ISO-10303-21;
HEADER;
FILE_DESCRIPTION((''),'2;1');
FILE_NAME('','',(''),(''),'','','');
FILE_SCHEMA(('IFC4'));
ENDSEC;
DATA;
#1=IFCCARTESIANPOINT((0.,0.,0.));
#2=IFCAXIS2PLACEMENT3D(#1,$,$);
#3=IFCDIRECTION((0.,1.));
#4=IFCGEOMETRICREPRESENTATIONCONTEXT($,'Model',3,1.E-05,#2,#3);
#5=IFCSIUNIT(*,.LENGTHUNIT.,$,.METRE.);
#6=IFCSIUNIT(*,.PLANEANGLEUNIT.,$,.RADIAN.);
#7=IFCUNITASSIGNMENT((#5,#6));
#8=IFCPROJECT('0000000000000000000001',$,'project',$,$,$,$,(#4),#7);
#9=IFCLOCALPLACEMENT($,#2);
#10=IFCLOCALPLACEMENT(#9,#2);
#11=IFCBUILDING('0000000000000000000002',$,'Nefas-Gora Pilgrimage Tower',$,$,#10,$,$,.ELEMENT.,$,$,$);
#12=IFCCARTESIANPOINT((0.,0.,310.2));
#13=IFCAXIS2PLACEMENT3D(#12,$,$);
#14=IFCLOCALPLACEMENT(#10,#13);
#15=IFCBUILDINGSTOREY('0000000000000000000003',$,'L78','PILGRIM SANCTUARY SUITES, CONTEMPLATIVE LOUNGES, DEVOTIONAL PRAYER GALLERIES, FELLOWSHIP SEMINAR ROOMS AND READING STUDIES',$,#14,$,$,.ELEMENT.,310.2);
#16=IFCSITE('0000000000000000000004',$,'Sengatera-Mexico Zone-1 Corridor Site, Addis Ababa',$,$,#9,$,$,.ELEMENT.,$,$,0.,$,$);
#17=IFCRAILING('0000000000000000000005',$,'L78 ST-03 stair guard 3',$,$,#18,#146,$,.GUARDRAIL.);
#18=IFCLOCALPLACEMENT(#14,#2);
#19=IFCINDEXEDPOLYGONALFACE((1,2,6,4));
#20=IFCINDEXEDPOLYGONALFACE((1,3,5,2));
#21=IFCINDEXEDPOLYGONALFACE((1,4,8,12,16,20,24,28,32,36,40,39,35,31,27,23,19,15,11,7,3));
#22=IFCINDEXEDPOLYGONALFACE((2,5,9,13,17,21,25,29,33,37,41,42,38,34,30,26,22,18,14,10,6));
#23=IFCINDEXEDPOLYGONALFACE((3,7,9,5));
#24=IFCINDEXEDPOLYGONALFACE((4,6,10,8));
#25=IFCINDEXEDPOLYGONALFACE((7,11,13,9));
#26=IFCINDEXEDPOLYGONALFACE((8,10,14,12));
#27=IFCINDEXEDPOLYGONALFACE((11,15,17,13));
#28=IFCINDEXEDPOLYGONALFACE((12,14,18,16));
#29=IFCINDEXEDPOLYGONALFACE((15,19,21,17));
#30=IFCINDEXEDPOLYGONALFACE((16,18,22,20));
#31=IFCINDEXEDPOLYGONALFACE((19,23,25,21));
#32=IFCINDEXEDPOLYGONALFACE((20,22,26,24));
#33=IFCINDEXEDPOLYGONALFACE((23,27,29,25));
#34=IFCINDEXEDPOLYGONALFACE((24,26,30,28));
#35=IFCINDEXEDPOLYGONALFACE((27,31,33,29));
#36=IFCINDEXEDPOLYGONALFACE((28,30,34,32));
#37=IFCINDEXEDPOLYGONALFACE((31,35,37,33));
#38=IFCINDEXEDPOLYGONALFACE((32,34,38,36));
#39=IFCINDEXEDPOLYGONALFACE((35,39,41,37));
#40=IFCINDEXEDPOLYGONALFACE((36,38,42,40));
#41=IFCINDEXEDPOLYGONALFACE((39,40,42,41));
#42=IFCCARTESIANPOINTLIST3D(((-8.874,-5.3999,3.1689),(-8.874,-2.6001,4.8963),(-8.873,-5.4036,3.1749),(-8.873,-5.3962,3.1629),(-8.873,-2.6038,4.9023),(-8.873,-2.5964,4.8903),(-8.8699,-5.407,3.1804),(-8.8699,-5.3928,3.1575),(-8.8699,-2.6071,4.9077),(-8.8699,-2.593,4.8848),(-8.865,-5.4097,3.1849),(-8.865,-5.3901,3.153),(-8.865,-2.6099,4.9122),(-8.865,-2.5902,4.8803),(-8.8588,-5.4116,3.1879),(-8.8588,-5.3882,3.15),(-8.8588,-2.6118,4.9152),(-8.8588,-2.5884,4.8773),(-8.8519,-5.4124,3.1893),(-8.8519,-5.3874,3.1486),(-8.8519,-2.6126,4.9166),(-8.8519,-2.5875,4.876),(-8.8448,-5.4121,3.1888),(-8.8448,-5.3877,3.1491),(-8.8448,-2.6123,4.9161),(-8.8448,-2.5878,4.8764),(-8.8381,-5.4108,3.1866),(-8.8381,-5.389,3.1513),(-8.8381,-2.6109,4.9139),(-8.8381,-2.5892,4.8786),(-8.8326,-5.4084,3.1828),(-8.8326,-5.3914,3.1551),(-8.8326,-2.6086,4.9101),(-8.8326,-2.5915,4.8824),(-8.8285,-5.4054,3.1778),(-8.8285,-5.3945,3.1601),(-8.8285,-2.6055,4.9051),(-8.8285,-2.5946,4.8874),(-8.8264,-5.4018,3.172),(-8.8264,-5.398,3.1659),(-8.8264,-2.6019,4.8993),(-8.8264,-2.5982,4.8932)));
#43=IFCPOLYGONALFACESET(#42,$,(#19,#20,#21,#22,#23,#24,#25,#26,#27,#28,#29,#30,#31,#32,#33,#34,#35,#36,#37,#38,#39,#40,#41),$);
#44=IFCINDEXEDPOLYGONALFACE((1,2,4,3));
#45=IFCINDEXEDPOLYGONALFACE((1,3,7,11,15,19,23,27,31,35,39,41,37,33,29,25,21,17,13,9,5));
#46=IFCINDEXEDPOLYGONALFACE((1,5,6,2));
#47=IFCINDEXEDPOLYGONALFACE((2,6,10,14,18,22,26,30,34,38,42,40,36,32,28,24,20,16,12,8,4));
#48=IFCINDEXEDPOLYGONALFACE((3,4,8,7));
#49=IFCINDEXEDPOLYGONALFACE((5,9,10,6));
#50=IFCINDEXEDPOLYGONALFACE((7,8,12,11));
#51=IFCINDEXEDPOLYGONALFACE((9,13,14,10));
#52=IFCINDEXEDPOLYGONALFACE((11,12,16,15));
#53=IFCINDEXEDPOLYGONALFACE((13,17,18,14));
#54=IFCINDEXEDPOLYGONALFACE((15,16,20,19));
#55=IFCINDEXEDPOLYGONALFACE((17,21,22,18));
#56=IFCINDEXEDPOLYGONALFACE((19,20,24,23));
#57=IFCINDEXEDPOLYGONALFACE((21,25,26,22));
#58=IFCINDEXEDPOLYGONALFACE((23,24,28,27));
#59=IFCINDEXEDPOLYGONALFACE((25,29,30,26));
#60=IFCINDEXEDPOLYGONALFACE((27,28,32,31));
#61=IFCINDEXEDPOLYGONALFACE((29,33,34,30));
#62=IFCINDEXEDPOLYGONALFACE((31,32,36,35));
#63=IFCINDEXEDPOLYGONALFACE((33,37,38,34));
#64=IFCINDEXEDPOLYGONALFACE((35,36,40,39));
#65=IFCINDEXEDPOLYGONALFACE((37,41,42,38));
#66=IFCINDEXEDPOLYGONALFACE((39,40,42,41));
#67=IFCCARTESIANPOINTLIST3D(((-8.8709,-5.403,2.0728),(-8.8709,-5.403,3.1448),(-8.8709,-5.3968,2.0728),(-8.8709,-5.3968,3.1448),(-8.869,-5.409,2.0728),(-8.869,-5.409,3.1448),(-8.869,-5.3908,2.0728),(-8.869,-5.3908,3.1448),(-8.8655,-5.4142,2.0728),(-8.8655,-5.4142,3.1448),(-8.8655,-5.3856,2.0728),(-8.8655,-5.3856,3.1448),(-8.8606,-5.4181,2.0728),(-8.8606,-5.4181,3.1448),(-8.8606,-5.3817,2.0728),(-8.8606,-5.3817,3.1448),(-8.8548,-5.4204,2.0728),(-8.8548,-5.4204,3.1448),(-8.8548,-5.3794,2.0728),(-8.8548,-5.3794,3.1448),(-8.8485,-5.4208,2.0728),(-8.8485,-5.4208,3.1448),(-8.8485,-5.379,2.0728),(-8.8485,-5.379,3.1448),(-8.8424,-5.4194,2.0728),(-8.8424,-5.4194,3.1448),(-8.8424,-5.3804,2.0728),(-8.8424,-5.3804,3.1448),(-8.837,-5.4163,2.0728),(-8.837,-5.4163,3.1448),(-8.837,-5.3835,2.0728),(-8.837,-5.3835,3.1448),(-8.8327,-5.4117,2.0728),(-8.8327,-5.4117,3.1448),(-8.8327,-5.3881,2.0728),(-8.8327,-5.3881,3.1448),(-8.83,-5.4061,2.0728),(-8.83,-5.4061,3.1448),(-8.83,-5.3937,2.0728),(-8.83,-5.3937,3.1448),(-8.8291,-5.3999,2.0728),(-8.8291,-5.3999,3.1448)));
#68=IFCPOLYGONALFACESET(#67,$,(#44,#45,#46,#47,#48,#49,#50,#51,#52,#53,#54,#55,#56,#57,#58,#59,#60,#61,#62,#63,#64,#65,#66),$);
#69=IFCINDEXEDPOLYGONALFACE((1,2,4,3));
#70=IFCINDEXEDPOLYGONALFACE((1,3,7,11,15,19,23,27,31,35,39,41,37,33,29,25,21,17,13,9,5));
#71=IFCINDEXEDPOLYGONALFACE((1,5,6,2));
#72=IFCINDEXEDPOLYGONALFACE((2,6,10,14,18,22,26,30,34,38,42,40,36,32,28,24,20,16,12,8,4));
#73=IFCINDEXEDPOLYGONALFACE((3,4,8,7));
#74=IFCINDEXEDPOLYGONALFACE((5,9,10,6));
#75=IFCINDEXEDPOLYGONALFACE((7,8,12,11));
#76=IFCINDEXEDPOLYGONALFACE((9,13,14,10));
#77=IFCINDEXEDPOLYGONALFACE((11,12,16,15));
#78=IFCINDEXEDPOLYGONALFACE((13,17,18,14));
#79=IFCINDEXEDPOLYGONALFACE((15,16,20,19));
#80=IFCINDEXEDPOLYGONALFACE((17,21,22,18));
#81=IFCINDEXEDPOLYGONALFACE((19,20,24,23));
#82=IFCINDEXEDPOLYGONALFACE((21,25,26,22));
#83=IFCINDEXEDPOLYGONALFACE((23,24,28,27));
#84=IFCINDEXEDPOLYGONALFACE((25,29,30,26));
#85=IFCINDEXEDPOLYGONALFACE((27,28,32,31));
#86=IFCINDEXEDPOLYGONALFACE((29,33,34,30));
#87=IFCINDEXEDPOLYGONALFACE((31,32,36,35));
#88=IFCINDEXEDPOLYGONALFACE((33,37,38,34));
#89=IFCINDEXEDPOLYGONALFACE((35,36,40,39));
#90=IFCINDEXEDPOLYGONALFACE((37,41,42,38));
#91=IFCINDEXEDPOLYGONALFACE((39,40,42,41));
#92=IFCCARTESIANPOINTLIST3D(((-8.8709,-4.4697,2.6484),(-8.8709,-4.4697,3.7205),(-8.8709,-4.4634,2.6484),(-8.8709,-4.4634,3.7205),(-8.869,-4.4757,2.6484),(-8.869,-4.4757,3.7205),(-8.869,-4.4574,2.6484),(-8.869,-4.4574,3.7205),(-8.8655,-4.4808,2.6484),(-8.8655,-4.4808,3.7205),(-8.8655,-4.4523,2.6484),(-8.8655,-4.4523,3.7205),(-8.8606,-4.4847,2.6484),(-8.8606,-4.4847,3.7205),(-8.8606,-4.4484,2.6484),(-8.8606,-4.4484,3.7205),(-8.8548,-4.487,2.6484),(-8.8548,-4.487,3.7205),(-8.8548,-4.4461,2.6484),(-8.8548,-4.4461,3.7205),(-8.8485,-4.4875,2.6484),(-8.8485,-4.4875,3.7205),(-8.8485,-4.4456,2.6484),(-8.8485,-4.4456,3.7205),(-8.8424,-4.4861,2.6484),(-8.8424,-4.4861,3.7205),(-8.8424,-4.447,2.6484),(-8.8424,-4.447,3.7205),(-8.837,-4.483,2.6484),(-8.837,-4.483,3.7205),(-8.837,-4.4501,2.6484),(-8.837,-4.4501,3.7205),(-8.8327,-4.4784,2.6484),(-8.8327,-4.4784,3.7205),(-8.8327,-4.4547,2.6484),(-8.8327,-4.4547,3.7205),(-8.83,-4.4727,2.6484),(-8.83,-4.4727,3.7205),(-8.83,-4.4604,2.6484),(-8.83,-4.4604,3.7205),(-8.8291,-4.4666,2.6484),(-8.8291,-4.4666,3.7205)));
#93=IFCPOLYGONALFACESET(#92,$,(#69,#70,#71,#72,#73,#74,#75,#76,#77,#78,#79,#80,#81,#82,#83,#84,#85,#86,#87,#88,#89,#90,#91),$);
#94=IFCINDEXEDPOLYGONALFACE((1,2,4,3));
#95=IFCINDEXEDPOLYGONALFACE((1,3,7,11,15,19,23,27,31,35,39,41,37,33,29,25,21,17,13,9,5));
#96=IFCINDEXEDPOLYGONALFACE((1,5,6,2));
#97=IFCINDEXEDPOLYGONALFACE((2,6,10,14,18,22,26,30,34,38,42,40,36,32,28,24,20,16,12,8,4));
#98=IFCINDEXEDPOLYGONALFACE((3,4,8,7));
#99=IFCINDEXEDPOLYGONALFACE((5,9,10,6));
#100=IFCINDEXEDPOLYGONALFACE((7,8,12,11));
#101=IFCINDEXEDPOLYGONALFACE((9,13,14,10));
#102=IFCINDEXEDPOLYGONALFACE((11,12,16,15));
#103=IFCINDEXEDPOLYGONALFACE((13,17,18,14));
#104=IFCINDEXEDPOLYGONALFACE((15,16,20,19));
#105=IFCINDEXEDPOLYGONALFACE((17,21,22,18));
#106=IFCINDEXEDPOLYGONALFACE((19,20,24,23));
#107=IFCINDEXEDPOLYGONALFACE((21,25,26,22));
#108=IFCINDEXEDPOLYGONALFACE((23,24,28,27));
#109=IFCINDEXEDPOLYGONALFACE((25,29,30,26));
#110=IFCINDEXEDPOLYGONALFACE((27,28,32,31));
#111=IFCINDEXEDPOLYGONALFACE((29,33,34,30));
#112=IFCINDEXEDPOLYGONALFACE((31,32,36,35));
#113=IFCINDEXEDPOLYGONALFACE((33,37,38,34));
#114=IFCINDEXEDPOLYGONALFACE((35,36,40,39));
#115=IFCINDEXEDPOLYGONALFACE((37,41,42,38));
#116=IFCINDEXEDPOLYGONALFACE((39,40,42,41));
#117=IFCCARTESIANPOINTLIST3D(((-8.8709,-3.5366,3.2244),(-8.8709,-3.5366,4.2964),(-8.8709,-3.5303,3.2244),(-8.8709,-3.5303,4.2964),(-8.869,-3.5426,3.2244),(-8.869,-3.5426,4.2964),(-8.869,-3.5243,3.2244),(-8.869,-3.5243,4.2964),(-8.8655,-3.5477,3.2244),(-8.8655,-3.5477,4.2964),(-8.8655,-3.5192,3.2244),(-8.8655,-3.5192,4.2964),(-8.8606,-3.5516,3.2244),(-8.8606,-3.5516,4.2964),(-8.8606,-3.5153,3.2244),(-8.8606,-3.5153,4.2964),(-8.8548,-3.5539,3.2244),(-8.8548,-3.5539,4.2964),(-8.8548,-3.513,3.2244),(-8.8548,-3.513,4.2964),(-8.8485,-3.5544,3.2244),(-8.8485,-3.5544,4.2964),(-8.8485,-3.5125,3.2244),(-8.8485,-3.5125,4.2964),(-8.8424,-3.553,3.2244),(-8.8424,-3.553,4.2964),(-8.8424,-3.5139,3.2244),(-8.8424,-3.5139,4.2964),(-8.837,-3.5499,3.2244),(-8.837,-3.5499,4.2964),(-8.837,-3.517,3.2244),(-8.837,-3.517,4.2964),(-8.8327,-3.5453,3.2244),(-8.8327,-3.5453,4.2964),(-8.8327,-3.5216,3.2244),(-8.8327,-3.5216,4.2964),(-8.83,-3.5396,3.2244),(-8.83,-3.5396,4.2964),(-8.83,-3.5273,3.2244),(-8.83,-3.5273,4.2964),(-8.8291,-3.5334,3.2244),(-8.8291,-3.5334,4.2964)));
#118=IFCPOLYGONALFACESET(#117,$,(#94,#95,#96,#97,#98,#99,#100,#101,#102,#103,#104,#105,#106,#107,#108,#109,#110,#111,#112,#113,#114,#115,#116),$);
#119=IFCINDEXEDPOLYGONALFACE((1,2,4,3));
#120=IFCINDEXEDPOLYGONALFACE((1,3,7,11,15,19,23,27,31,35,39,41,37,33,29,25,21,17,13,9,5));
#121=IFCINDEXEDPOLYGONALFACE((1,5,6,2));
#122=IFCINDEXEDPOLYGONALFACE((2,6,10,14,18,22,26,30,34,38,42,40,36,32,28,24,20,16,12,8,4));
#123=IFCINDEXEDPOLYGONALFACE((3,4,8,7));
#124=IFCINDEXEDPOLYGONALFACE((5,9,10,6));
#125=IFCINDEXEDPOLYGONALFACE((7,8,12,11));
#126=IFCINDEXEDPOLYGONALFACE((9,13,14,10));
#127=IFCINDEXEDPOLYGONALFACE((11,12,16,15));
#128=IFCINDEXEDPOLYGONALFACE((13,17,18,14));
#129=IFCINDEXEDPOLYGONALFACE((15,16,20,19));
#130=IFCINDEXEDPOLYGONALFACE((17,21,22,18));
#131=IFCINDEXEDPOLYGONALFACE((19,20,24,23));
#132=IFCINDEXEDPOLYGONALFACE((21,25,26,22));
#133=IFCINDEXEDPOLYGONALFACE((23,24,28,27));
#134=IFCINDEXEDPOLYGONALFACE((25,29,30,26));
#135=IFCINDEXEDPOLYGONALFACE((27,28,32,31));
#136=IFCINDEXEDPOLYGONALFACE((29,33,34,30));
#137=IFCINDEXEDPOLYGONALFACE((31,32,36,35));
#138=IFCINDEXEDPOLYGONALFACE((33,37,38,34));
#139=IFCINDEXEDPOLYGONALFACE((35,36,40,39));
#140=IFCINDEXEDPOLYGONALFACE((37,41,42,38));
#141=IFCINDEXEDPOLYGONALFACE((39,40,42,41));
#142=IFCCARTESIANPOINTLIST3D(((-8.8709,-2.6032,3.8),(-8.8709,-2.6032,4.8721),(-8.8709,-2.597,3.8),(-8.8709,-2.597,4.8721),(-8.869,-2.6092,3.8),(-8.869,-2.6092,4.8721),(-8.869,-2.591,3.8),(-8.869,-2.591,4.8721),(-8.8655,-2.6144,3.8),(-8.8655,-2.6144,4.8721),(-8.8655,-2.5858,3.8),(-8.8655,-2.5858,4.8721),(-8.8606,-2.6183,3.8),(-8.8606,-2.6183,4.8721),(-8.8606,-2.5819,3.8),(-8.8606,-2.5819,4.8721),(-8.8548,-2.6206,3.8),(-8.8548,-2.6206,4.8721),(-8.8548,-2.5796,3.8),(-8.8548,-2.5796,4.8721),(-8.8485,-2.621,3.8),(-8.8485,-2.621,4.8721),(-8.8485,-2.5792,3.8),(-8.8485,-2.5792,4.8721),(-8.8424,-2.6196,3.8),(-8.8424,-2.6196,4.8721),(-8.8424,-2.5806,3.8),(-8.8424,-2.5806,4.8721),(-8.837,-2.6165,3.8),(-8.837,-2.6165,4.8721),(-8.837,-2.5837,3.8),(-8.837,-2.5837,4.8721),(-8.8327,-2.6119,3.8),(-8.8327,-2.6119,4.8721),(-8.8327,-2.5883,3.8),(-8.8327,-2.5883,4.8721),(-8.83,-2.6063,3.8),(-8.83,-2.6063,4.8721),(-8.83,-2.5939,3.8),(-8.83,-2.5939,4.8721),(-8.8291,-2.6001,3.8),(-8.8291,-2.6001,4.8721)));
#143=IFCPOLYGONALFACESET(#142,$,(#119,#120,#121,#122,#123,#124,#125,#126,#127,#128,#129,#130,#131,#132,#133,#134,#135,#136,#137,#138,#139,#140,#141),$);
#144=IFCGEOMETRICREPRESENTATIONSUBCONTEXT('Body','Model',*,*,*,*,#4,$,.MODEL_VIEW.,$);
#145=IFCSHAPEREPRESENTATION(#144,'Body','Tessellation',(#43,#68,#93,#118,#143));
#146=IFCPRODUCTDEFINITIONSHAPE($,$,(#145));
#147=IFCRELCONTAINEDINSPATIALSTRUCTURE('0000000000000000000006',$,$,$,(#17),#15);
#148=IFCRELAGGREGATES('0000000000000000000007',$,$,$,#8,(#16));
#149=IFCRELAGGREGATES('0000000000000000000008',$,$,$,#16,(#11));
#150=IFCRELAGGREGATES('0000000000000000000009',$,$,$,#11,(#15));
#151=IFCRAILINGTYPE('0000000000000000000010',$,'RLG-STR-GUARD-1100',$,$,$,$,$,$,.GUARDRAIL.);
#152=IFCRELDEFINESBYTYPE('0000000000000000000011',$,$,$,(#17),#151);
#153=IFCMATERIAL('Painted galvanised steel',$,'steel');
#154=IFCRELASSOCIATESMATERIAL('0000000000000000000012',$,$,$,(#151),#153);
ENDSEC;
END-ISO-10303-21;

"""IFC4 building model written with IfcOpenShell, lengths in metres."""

from ifc_helpers import new_model, si_unit, direction, frame, origin, origin_2d, place, context, subcontext, project, spatial, circle, extrude, material, type_object, element, save


model = new_model("IFC4")

# Units and contexts
model_context = context("Model", 3, precision=1e-05, world=origin(), true_north=direction((0.0, 1.0)))
body_context = subcontext(model_context, "Body", "Model", "MODEL_VIEW")
ifc_project = project(units=[si_unit("LENGTHUNIT", "METRE"), si_unit("PLANEANGLEUNIT", "RADIAN")], contexts=[model_context])

# Site, building, storey
site_placement = place(None, origin())
site = spatial("IfcSite", under=ifc_project, at=site_placement, Name="Sengatera-Mexico Zone-1 Corridor Site, Addis Ababa", CompositionType="ELEMENT", RefElevation=0.0)
building_placement = place(site_placement, origin())
building = spatial("IfcBuilding", under=site, at=building_placement, Name="Nefas-Gora Pilgrimage Tower", CompositionType="ELEMENT")
storey_placement = place(building_placement, frame((0.0, 0.0, 310.2)))
storey = spatial("IfcBuildingStorey", under=building, at=storey_placement, Name="L78", Description="PILGRIM SANCTUARY SUITES, CONTEMPLATIVE LOUNGES, DEVOTIONAL PRAYER GALLERIES, FELLOWSHIP SEMINAR ROOMS AND READING STUDIES", CompositionType="ELEMENT", Elevation=310.2)

# Railing
ifc_material_1 = material(Name="Painted galvanised steel", Category="steel")
railing_type_1 = type_object("IfcRailingType", Name="RLG-STR-GUARD-1100", PredefinedType="GUARDRAIL", material=ifc_material_1)
railing_1_placement = place(storey_placement, frame((-8.8501, -5.3999, 2.0728)))
element("IfcRailing", 1, at=railing_1_placement, inside=storey, type_object=railing_type_1, Name="L78 ST-03 stair guard 3", PredefinedType="GUARDRAIL", context=body_context, shape_type="SweptSolid", body=[
    extrude(circle(Radius=0.0239, at=origin_2d()), frame((0.0, 0.0, 1.0962), z_axis=(0.0, 0.851069, 0.525054), x_axis=(-1.0, 0.0, 0.0)), (0.0, 0.0, 1.0), 3.2898),
    extrude(circle(Radius=0.021, at=origin_2d()), origin(), (0.0, 0.0, 1.0), 1.072),
    extrude(circle(Radius=0.021, at=origin_2d()), frame((0.0, 0.9333, 0.5757)), (0.0, 0.0, 1.0), 1.072),
    extrude(circle(Radius=0.021, at=origin_2d()), frame((0.0, 1.8665, 1.1516)), (0.0, 0.0, 1.0), 1.072),
    extrude(circle(Radius=0.021, at=origin_2d()), frame((0.0, 2.7998, 1.7273)), (0.0, 0.0, 1.0), 1.072),
])

save(model, "model.ifc")
